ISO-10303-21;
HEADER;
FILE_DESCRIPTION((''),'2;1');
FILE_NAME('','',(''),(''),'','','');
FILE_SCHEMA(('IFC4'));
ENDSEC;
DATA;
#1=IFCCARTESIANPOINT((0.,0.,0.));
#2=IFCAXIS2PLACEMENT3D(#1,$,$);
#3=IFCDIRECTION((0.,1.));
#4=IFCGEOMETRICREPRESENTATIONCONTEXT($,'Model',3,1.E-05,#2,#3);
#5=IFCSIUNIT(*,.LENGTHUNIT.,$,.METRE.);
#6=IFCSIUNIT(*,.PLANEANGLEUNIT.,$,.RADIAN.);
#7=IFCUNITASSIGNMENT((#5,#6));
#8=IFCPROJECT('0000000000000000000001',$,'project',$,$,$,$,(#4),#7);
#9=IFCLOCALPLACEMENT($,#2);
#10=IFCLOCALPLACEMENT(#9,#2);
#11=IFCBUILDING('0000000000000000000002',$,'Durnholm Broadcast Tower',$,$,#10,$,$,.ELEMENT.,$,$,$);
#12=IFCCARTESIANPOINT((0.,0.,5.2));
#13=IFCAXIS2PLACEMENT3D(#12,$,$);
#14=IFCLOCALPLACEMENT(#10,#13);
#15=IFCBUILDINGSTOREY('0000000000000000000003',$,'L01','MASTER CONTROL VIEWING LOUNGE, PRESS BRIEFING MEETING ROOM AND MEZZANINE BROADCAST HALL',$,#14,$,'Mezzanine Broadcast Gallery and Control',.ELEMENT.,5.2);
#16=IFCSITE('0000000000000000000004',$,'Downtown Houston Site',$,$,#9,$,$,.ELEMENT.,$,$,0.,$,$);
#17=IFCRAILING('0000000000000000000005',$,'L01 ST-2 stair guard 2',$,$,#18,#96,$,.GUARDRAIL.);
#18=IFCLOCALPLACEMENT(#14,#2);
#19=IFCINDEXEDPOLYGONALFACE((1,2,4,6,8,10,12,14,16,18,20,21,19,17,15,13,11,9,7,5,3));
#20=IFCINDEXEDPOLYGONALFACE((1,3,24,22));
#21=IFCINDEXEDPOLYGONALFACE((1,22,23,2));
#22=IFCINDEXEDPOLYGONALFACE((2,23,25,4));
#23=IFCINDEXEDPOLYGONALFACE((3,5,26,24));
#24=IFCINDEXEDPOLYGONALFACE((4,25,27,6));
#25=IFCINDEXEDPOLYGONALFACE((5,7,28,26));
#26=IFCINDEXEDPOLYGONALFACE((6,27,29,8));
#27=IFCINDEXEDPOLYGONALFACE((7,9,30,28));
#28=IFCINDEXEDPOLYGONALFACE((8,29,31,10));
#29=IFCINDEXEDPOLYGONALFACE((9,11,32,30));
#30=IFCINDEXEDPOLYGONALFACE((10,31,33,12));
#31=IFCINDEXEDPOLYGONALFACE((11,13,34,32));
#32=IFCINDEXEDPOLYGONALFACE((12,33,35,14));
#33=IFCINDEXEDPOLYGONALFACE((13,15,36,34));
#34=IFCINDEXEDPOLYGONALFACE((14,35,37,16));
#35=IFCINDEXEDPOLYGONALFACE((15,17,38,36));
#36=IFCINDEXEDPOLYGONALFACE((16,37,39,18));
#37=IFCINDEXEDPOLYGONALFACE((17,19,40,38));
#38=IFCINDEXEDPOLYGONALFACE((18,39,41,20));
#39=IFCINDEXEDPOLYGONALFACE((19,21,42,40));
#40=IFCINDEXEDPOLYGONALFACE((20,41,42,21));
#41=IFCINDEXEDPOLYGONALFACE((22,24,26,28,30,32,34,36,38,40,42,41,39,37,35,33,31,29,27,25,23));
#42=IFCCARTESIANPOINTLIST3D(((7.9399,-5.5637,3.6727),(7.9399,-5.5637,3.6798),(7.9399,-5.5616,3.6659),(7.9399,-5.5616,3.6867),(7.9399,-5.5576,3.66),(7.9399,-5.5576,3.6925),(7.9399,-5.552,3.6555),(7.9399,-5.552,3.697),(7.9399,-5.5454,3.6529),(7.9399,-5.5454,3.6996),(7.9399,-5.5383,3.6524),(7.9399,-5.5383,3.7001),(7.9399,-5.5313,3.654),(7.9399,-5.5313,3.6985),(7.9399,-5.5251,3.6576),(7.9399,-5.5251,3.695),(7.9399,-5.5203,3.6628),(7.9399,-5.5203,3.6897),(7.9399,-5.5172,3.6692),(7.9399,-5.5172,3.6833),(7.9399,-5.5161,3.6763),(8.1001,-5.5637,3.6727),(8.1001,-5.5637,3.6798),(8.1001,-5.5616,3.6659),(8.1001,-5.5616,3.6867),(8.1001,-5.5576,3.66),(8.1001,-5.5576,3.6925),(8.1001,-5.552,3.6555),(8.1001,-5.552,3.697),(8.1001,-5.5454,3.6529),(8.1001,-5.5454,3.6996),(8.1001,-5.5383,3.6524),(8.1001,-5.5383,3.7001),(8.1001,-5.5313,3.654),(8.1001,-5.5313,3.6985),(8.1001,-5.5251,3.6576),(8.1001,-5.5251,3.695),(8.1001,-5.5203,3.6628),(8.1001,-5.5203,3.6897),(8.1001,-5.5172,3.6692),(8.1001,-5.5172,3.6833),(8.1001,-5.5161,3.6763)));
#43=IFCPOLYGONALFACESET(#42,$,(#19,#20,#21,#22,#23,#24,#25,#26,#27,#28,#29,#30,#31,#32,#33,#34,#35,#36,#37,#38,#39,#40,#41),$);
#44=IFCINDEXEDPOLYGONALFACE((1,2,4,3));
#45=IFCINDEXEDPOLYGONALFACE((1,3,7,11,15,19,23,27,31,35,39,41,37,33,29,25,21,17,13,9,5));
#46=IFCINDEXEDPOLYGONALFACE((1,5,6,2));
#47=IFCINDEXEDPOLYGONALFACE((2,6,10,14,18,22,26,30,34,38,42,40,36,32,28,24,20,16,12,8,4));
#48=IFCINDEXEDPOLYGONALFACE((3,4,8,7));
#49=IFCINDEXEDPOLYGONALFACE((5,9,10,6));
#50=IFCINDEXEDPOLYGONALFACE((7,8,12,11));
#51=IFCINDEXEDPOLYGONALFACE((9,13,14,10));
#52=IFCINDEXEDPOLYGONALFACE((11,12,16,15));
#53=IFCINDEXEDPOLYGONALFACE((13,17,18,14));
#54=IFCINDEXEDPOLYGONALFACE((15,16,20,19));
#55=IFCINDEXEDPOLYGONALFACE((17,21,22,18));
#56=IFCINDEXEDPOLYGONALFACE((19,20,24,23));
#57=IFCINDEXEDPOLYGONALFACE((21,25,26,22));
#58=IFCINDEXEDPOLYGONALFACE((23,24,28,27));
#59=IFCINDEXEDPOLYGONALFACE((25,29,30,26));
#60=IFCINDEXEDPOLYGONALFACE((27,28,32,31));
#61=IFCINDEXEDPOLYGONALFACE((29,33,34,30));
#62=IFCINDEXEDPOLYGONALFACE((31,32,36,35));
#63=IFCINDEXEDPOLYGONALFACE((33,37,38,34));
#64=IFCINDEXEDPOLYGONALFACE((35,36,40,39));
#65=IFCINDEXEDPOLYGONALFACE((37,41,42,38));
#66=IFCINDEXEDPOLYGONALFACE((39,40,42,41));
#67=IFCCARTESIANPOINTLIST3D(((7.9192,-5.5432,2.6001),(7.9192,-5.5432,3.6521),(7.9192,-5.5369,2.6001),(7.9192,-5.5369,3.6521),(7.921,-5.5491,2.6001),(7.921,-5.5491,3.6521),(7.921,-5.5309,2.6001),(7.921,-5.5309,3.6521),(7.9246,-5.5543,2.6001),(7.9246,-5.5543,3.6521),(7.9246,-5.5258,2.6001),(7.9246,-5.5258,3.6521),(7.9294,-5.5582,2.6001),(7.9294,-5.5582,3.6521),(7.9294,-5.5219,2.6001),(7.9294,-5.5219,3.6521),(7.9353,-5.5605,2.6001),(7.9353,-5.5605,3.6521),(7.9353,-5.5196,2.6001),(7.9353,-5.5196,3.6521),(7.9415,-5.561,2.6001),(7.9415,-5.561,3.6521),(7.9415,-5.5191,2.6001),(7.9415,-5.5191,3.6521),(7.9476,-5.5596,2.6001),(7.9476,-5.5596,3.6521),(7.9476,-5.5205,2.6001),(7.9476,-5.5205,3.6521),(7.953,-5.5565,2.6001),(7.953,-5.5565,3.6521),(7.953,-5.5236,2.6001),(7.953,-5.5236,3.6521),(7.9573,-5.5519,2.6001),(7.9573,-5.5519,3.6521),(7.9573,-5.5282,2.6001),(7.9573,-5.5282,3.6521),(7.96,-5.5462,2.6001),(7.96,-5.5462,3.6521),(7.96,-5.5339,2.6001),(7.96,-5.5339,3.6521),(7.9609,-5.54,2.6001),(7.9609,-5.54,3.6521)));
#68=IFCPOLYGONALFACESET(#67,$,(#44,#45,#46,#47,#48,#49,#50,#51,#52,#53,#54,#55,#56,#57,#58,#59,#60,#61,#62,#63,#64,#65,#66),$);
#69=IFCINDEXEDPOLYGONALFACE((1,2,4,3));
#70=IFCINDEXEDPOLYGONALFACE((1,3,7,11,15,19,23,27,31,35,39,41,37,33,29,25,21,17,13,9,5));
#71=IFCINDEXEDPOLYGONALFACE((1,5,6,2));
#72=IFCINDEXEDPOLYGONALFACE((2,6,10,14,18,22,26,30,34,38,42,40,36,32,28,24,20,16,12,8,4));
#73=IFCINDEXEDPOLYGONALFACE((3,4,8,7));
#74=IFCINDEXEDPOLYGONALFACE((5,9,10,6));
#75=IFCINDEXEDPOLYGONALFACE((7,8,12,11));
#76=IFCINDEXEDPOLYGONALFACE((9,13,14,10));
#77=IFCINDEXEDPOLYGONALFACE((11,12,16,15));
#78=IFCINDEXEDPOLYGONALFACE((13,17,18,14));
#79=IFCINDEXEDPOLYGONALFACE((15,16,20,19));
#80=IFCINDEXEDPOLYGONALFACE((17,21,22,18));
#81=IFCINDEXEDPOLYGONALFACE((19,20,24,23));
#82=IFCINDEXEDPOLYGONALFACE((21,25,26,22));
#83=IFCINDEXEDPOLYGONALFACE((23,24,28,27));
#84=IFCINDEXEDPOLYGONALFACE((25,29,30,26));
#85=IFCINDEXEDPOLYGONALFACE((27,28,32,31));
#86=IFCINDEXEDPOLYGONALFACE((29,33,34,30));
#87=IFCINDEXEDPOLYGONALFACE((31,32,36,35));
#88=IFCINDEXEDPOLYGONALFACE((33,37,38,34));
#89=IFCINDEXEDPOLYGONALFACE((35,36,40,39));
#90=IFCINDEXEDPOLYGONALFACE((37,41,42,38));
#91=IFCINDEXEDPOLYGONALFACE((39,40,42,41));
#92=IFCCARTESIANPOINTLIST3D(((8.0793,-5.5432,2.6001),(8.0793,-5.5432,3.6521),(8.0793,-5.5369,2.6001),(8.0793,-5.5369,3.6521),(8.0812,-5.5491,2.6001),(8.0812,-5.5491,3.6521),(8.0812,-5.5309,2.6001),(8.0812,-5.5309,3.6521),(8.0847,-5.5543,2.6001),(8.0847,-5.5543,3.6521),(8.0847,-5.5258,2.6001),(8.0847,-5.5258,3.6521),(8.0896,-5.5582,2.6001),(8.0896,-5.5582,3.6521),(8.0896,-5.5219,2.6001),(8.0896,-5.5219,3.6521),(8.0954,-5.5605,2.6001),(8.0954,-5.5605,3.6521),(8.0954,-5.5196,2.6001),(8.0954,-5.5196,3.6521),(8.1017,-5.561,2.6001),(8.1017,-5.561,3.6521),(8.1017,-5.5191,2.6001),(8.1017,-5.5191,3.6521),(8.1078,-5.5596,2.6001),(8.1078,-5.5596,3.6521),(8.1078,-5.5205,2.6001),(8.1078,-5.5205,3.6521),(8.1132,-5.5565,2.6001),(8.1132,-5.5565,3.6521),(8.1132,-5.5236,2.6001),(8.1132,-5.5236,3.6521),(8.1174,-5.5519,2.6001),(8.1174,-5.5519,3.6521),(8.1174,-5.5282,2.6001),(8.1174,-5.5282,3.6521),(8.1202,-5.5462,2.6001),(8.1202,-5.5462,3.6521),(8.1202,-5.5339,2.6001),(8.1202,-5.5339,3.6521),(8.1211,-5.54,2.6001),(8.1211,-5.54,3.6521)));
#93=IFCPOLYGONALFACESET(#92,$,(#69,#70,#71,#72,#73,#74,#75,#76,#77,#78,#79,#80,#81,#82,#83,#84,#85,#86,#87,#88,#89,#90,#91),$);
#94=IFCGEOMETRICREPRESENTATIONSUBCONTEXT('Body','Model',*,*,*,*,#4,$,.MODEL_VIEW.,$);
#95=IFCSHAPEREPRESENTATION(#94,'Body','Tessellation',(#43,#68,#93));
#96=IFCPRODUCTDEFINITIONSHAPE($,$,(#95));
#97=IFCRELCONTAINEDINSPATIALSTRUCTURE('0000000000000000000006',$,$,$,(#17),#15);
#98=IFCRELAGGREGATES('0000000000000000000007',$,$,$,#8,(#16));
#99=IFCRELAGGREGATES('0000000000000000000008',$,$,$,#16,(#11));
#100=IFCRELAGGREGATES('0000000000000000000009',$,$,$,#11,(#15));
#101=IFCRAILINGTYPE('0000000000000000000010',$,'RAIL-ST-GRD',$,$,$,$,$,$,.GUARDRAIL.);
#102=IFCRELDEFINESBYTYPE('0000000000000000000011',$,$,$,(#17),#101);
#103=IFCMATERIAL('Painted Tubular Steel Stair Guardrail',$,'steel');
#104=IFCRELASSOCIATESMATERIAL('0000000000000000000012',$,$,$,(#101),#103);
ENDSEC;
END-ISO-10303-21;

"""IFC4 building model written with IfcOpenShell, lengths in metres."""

from ifc_helpers import new_model, si_unit, direction, frame, origin, origin_2d, place, context, subcontext, project, spatial, circle, extrude, material, type_object, element, save


model = new_model("IFC4")

# Units and contexts
model_context = context("Model", 3, precision=1e-05, world=origin(), true_north=direction((0.0, 1.0)))
body_context = subcontext(model_context, "Body", "Model", "MODEL_VIEW")
ifc_project = project(units=[si_unit("LENGTHUNIT", "METRE"), si_unit("PLANEANGLEUNIT", "RADIAN")], contexts=[model_context])

# Site, building, storey
site_placement = place(None, origin())
site = spatial("IfcSite", under=ifc_project, at=site_placement, Name="Downtown Houston Site", CompositionType="ELEMENT", RefElevation=0.0)
building_placement = place(site_placement, origin())
building = spatial("IfcBuilding", under=site, at=building_placement, Name="Durnholm Broadcast Tower", CompositionType="ELEMENT")
storey_placement = place(building_placement, frame((0.0, 0.0, 5.2)))
storey = spatial("IfcBuildingStorey", under=building, at=storey_placement, Name="L01", Description="MASTER CONTROL VIEWING LOUNGE, PRESS BRIEFING MEETING ROOM AND MEZZANINE BROADCAST HALL", LongName="Mezzanine Broadcast Gallery and Control", CompositionType="ELEMENT", Elevation=5.2)

# Railing
ifc_material_1 = material(Name="Painted Tubular Steel Stair Guardrail", Category="steel")
railing_type_1 = type_object("IfcRailingType", Name="RAIL-ST-GRD", PredefinedType="GUARDRAIL", material=ifc_material_1)
railing_1_placement = place(storey_placement, frame((7.9399, -5.54, 2.6001)))
element("IfcRailing", 1, at=railing_1_placement, inside=storey, type_object=railing_type_1, Name="L01 ST-2 stair guard 2", PredefinedType="GUARDRAIL", context=body_context, shape_type="SweptSolid", body=[
    extrude(circle(Radius=0.0239, at=origin_2d()), frame((0.0, 0.0, 1.0762), z_axis=(1.0, 0.0, 0.0), x_axis=(0.0, 1.0, 0.0)), (0.0, 0.0, 1.0), 0.1602),
    extrude(circle(Radius=0.021, at=origin_2d()), origin(), (0.0, 0.0, 1.0), 1.052),
    extrude(circle(Radius=0.021, at=origin_2d()), frame((0.1602, 0.0, 0.0)), (0.0, 0.0, 1.0), 1.052),
])

save(model, "model.ifc")
